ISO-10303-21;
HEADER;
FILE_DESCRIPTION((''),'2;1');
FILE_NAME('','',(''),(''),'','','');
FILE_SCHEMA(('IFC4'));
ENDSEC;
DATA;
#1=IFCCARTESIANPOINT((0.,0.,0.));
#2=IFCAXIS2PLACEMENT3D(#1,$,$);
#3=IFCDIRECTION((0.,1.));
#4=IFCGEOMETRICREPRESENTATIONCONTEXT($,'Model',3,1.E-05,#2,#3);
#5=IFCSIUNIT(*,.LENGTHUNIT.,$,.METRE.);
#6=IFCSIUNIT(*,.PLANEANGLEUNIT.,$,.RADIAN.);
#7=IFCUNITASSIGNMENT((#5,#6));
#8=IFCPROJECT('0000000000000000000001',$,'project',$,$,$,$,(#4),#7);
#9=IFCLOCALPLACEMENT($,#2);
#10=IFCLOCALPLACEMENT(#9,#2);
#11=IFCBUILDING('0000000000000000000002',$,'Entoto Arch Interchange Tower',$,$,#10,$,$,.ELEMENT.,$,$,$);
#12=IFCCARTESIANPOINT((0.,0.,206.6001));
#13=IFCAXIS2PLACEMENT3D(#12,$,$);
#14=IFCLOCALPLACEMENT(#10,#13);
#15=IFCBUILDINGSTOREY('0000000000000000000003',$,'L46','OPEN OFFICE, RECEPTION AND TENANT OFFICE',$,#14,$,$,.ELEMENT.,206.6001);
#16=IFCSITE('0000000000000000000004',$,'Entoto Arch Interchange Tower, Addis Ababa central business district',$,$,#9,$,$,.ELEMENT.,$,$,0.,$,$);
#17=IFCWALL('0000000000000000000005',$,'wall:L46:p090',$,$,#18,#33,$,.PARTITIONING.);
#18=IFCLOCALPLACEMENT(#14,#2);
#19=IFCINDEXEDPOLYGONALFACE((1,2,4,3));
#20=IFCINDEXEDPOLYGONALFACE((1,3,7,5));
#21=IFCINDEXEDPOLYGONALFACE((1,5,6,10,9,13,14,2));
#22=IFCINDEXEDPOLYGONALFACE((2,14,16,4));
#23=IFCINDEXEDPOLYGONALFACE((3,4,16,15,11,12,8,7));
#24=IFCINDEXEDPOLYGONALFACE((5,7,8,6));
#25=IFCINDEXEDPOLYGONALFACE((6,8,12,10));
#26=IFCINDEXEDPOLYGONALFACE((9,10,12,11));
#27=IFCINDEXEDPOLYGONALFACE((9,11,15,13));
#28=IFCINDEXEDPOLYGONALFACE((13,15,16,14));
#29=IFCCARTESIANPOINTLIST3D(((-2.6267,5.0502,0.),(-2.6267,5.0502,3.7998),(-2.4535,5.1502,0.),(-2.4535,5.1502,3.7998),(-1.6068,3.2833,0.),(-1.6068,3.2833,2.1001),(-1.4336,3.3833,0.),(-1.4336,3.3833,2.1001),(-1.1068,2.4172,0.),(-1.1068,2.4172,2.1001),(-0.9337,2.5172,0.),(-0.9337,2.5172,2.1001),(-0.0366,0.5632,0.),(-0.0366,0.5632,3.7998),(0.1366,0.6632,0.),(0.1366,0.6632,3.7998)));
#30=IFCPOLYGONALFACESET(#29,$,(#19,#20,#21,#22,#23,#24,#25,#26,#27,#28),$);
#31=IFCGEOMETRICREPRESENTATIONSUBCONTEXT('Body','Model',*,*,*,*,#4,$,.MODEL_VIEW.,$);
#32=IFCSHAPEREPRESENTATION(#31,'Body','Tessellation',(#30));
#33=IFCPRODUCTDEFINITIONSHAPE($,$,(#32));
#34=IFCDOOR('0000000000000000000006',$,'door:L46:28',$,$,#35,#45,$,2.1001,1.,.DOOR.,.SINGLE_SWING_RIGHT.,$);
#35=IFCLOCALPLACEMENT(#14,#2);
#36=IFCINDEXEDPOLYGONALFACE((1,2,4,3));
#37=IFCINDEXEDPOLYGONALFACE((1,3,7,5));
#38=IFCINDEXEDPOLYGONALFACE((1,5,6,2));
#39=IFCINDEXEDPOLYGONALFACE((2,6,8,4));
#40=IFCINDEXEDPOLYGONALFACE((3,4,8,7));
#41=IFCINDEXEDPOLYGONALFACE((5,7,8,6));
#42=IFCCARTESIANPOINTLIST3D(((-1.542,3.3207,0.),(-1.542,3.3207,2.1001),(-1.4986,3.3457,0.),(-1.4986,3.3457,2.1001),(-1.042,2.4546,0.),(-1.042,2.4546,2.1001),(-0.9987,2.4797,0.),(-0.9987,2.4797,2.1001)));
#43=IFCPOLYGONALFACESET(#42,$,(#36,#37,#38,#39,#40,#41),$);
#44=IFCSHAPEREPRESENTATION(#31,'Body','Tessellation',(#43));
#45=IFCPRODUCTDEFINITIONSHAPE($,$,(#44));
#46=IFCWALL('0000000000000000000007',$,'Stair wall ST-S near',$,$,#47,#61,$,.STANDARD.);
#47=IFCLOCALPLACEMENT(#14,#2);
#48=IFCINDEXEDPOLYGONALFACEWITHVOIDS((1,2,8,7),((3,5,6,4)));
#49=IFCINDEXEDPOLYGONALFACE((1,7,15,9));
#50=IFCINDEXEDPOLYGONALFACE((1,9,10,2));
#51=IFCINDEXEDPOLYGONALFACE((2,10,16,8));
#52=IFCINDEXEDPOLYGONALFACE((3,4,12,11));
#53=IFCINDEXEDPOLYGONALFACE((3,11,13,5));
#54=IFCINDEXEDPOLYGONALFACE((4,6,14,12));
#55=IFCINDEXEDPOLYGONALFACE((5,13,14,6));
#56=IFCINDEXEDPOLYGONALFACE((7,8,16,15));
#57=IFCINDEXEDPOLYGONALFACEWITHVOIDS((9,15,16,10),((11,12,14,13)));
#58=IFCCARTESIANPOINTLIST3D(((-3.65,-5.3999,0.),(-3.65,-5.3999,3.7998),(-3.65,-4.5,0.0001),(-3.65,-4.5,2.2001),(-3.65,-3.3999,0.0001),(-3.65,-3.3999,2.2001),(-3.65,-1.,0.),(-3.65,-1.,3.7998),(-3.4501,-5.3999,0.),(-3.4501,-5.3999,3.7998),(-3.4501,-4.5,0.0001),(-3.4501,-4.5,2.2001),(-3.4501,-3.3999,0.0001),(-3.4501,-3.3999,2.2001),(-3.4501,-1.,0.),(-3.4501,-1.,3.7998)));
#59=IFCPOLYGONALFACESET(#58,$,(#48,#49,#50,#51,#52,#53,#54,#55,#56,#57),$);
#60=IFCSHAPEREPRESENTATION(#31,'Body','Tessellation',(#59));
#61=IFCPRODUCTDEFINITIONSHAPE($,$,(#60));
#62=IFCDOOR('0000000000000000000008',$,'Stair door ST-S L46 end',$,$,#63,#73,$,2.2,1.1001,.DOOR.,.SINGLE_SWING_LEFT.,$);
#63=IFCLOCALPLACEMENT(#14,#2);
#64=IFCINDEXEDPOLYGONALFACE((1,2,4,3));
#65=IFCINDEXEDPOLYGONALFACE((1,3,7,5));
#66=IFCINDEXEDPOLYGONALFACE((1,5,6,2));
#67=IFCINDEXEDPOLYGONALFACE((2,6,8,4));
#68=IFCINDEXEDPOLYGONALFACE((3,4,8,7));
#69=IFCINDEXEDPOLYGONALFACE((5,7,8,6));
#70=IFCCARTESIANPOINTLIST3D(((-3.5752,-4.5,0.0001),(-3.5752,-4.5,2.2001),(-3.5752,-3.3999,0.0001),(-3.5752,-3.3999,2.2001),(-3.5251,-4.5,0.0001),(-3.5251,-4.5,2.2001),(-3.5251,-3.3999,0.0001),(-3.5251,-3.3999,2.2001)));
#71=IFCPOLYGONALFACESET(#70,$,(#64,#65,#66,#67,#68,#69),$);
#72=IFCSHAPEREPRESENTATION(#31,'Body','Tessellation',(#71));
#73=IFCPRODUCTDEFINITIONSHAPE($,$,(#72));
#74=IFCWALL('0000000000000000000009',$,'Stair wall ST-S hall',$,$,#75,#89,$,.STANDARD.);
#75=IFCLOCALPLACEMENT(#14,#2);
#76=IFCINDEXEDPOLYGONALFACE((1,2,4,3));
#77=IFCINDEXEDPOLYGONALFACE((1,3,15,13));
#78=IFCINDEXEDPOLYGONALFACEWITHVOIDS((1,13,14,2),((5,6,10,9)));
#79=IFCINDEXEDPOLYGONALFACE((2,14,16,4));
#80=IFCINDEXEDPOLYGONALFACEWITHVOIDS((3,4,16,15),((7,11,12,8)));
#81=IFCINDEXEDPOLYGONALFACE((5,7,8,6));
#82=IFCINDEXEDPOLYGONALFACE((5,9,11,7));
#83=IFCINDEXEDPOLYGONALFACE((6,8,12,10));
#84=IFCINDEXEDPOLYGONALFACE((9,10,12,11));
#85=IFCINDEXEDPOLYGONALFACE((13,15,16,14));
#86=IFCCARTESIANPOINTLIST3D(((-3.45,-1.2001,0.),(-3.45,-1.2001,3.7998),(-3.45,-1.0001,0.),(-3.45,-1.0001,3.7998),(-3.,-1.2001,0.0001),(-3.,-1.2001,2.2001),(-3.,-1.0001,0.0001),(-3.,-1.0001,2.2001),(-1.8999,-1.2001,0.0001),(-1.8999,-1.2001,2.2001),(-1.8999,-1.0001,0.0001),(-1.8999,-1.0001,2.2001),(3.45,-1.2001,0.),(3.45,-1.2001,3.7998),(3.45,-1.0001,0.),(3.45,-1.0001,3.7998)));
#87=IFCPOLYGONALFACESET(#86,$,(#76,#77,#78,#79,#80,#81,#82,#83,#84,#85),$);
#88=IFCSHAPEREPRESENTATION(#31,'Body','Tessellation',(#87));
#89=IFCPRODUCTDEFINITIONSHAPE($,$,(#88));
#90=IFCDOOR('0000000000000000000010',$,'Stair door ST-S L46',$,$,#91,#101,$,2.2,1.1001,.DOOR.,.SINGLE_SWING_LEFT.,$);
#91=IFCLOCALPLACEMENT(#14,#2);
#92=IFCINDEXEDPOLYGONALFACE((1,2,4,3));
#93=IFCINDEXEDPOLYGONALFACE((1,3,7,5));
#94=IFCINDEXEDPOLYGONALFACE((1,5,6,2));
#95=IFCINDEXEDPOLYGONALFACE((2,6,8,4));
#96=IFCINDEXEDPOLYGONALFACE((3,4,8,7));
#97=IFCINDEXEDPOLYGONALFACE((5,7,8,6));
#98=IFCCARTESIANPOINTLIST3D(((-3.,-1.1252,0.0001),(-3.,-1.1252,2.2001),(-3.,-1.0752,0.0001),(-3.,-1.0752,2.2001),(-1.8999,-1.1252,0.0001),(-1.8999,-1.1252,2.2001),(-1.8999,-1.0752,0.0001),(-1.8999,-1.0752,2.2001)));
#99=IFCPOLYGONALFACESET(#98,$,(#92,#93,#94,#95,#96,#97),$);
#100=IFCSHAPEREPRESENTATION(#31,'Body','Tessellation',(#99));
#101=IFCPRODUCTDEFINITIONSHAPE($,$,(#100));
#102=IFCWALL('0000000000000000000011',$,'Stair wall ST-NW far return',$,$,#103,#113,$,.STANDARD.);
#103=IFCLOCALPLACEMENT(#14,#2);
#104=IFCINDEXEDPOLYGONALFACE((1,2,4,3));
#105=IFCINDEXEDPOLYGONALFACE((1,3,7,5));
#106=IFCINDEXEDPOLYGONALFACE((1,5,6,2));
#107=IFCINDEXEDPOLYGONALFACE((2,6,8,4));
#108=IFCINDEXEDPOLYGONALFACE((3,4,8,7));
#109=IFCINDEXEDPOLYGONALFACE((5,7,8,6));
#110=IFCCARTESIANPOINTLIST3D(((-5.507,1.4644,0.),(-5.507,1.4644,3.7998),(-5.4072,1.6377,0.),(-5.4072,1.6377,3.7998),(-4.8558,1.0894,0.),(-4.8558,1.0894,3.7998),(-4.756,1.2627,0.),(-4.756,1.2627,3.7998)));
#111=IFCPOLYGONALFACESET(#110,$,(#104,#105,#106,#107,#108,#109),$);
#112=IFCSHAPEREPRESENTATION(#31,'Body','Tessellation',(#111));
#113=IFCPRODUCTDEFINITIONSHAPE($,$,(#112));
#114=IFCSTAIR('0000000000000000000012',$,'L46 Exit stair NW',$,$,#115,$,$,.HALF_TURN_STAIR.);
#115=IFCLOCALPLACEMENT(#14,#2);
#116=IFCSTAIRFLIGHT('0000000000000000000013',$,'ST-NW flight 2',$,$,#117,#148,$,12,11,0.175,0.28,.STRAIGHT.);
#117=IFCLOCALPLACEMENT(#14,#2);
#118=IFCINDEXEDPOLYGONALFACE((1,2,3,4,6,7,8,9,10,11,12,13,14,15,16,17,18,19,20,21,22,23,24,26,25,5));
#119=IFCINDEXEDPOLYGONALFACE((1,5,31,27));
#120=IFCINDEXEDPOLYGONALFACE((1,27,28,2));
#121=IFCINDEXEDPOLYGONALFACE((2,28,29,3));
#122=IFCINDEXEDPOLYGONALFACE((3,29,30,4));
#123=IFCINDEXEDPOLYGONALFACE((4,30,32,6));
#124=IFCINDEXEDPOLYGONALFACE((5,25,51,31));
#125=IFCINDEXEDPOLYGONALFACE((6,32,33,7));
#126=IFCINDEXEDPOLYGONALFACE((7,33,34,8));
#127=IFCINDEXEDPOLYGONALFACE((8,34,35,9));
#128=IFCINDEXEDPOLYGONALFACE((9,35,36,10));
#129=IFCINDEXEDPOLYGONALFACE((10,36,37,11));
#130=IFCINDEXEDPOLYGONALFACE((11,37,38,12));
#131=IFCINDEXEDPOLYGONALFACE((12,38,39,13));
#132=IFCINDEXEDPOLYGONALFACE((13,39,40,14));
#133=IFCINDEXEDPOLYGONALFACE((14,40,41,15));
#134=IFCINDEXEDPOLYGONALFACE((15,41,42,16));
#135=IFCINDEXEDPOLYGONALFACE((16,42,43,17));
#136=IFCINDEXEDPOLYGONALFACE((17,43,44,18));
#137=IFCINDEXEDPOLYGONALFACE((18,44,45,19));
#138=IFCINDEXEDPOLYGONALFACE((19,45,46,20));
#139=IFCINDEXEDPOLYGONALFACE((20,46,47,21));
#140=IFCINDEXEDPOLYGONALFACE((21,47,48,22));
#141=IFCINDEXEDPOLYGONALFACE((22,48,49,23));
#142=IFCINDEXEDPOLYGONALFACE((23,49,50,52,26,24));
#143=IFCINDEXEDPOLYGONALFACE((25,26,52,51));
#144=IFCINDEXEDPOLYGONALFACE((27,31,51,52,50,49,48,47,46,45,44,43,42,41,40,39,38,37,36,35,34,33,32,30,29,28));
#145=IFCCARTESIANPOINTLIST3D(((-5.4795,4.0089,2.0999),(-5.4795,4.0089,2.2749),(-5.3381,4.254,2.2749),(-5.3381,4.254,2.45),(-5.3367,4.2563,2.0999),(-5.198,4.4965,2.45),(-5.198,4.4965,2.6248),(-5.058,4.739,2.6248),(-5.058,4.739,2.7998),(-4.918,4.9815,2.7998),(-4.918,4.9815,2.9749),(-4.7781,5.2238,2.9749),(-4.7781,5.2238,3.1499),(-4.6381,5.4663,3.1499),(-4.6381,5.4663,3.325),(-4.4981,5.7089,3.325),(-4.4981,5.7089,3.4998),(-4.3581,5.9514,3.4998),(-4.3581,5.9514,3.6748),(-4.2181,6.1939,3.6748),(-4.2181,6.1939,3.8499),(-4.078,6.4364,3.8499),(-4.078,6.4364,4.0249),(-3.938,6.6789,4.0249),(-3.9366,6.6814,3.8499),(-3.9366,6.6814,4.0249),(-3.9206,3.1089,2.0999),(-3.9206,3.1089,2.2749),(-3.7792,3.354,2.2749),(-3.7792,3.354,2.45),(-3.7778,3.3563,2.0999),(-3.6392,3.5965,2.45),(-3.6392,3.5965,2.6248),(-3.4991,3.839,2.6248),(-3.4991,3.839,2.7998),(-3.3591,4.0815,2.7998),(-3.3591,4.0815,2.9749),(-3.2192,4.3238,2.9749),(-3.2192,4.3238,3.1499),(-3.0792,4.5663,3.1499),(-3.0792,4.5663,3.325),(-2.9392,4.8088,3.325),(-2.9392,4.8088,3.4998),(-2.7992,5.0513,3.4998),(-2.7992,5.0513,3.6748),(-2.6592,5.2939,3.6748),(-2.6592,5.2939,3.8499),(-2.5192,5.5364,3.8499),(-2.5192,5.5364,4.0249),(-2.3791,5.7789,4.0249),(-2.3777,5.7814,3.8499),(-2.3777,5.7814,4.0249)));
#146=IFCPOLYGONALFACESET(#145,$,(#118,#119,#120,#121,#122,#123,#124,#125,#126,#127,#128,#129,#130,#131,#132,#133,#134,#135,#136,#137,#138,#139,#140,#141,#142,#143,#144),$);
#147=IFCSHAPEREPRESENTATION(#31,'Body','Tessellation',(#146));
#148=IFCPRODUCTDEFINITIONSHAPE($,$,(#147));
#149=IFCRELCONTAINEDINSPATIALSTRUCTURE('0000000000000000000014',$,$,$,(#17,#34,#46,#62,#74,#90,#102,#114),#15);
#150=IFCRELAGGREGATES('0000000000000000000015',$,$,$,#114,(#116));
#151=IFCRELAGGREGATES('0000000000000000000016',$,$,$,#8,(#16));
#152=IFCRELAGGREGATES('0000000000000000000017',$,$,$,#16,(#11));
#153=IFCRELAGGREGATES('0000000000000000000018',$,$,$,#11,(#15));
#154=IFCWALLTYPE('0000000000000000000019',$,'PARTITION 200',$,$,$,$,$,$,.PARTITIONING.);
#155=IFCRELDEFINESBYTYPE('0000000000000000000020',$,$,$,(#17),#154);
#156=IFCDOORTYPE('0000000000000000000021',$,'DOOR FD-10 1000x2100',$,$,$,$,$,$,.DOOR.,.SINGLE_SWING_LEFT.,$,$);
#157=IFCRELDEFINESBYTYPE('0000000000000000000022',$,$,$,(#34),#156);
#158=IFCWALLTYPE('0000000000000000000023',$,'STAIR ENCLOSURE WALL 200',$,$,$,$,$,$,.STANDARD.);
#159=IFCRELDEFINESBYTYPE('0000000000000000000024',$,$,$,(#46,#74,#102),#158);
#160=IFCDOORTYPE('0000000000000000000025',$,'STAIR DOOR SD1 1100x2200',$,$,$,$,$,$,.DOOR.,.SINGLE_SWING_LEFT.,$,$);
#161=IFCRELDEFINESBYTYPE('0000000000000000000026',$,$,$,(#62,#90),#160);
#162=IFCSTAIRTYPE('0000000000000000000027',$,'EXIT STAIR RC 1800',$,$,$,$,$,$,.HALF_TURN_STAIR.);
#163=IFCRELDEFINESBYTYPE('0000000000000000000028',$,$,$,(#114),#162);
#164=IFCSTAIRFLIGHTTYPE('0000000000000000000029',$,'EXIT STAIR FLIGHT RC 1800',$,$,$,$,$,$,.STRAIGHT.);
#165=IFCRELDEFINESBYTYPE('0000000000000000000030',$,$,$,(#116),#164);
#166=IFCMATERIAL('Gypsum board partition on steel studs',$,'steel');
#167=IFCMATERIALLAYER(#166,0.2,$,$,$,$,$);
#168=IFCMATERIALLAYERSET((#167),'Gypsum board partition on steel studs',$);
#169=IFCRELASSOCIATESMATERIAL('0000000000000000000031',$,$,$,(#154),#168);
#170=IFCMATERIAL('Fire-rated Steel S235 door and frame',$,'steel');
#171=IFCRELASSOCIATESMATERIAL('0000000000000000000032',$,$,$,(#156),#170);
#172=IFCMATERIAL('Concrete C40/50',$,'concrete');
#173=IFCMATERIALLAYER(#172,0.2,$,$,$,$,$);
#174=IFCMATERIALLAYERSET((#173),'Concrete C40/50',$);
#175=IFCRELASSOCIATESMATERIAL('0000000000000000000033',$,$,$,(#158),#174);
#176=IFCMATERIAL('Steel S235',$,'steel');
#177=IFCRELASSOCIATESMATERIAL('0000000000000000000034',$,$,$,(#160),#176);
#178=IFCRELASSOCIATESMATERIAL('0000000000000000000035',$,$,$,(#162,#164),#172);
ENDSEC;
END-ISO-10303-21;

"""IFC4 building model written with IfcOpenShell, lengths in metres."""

from ifc_helpers import new_model, si_unit, direction, frame, frame_2d, origin, place, context, subcontext, project, spatial, polyline, rectangle, outline, extrude, material, layer, layer_set, type_object, element, fill, aggregate, save


model = new_model("IFC4")

# Units and contexts
model_context = context("Model", 3, precision=1e-05, world=origin(), true_north=direction((0.0, 1.0)))
body_context = subcontext(model_context, "Body", "Model", "MODEL_VIEW")
ifc_project = project(units=[si_unit("LENGTHUNIT", "METRE"), si_unit("PLANEANGLEUNIT", "RADIAN")], contexts=[model_context])

# Site, building, storey
site_placement = place(None, origin())
site = spatial("IfcSite", under=ifc_project, at=site_placement, Name="Entoto Arch Interchange Tower, Addis Ababa central business district", CompositionType="ELEMENT", RefElevation=0.0)
building_placement = place(site_placement, origin())
building = spatial("IfcBuilding", under=site, at=building_placement, Name="Entoto Arch Interchange Tower", CompositionType="ELEMENT")
storey_placement = place(building_placement, frame((0.0, 0.0, 206.6001)))
storey = spatial("IfcBuildingStorey", under=building, at=storey_placement, Name="L46", Description="OPEN OFFICE, RECEPTION AND TENANT OFFICE", CompositionType="ELEMENT", Elevation=206.6001)

# Shared definitions
ifc_material_1 = material(Name="Concrete C40/50", Category="concrete")

# Shared definitions
ifc_material_2 = material(Name="Gypsum board partition on steel studs", Category="steel")
ifc_layer_1 = layer(ifc_material_2, 0.2)
ifc_layer_set_1 = layer_set([ifc_layer_1], Name="Gypsum board partition on steel studs")
wall_type_1 = type_object("IfcWallType", Name="PARTITION 200", PredefinedType="PARTITIONING", material=ifc_layer_set_1)

# Walls, openings, doors
wall_1_placement = place(storey_placement, frame((-2.54, 5.1001, 0.0), z_axis=(0.0, 0.0, 1.0), x_axis=(0.499925, -0.866069, 0.0)))
wall_1 = element("IfcWall", 1, at=wall_1_placement, inside=storey, type_object=wall_type_1, Name="wall:L46:p090", PredefinedType="PARTITIONING", context=body_context, shape_type="SweptSolid", body=[
    extrude(rectangle(XDim=5.1809, YDim=0.2, at=frame_2d((2.5903, 0.0))), origin(), (0.0, 0.0, 1.0), 3.7998),
])
opening_1_placement = place(wall_1_placement, frame((2.04, 0.0, 0.0)))
opening_1 = element("IfcOpeningElement", 2, at=opening_1_placement, cuts=wall_1, PredefinedType="OPENING", context=body_context, shape_type="SweptSolid", body=[
    extrude(rectangle(XDim=1.0, YDim=2.1001, at=frame_2d((0.5, 1.05))), frame((0.0, 0.1099, 0.0), z_axis=(0.0, -1.0, 0.0), x_axis=(1.0, 0.0, 0.0)), (0.0, 0.0, 1.0), 0.22),
])
ifc_material_3 = material(Name="Fire-rated Steel S235 door and frame", Category="steel")
door_type_1 = type_object("IfcDoorType", Name="DOOR FD-10 1000x2100", OperationType="SINGLE_SWING_LEFT", PredefinedType="DOOR", material=ifc_material_3)
door_1_placement = place(opening_1_placement, origin())
door_1 = element("IfcDoor", 3, at=door_1_placement, inside=storey, type_object=door_type_1, Name="door:L46:28", OperationType="SINGLE_SWING_RIGHT", OverallHeight=2.1001, OverallWidth=1.0, PredefinedType="DOOR", context=body_context, shape_type="SweptSolid", body=[
    extrude(rectangle(XDim=1.0, YDim=2.1001, at=frame_2d((0.5, 1.05))), frame((0.0, 0.0249, 0.0), z_axis=(0.0, -1.0, 0.0), x_axis=(1.0, 0.0, 0.0)), (0.0, 0.0, 1.0), 0.05),
])
fill(opening_1, door_1)
ifc_layer_2 = layer(ifc_material_1, 0.2)
ifc_layer_set_2 = layer_set([ifc_layer_2], Name="Concrete C40/50")
wall_type_2 = type_object("IfcWallType", Name="STAIR ENCLOSURE WALL 200", PredefinedType="STANDARD", material=ifc_layer_set_2)
wall_2_placement = place(storey_placement, frame((-3.55, -1.0, 0.0), z_axis=(0.0, 0.0, 1.0), x_axis=(0.0, -1.0, 0.0)))
wall_2 = element("IfcWall", 4, at=wall_2_placement, inside=storey, type_object=wall_type_2, Name="Stair wall ST-S near", PredefinedType="STANDARD", context=body_context, shape_type="SweptSolid", body=[
    extrude(rectangle(XDim=4.3999, YDim=0.2, at=frame_2d((2.2, 0.0))), origin(), (0.0, 0.0, 1.0), 3.7998),
])
opening_2_placement = place(wall_2_placement, frame((2.3999, 0.0, 0.0)))
opening_2 = element("IfcOpeningElement", 5, at=opening_2_placement, cuts=wall_2, PredefinedType="OPENING", context=body_context, shape_type="SweptSolid", body=[
    extrude(rectangle(XDim=1.1001, YDim=2.2, at=frame_2d((0.55, 1.1001))), frame((0.0, 0.1099, 0.0), z_axis=(0.0, -1.0, 0.0), x_axis=(1.0, 0.0, 0.0)), (0.0, 0.0, 1.0), 0.22),
])
ifc_material_4 = material(Name="Steel S235", Category="steel")
door_type_2 = type_object("IfcDoorType", Name="STAIR DOOR SD1 1100x2200", OperationType="SINGLE_SWING_LEFT", PredefinedType="DOOR", material=ifc_material_4)
door_2_placement = place(opening_2_placement, origin())
door_2 = element("IfcDoor", 6, at=door_2_placement, inside=storey, type_object=door_type_2, Name="Stair door ST-S L46 end", OperationType="SINGLE_SWING_LEFT", OverallHeight=2.2, OverallWidth=1.1001, PredefinedType="DOOR", context=body_context, shape_type="SweptSolid", body=[
    extrude(rectangle(XDim=1.1001, YDim=2.2, at=frame_2d((0.55, 1.1001))), frame((0.0, 0.0249, 0.0), z_axis=(0.0, -1.0, 0.0), x_axis=(1.0, 0.0, 0.0)), (0.0, 0.0, 1.0), 0.05),
])
fill(opening_2, door_2)
wall_3_placement = place(storey_placement, frame((-3.45, -1.1001, 0.0), z_axis=(0.0, 0.0, 1.0), x_axis=(1.0, 0.0, 0.0)))
wall_3 = element("IfcWall", 7, at=wall_3_placement, inside=storey, type_object=wall_type_2, Name="Stair wall ST-S hall", PredefinedType="STANDARD", context=body_context, shape_type="SweptSolid", body=[
    extrude(rectangle(XDim=6.8999, YDim=0.2, at=frame_2d((3.45, 0.0))), origin(), (0.0, 0.0, 1.0), 3.7998),
])
opening_3_placement = place(wall_3_placement, frame((0.45, 0.0, 0.0)))
opening_3 = element("IfcOpeningElement", 8, at=opening_3_placement, cuts=wall_3, PredefinedType="OPENING", context=body_context, shape_type="SweptSolid", body=[
    extrude(rectangle(XDim=1.1001, YDim=2.2, at=frame_2d((0.55, 1.1001))), frame((0.0, 0.1099, 0.0), z_axis=(0.0, -1.0, 0.0), x_axis=(1.0, 0.0, 0.0)), (0.0, 0.0, 1.0), 0.22),
])
door_3_placement = place(opening_3_placement, origin())
door_3 = element("IfcDoor", 9, at=door_3_placement, inside=storey, type_object=door_type_2, Name="Stair door ST-S L46", OperationType="SINGLE_SWING_LEFT", OverallHeight=2.2, OverallWidth=1.1001, PredefinedType="DOOR", context=body_context, shape_type="SweptSolid", body=[
    extrude(rectangle(XDim=1.1001, YDim=2.2, at=frame_2d((0.55, 1.1001))), frame((0.0, 0.0249, 0.0), z_axis=(0.0, -1.0, 0.0), x_axis=(1.0, 0.0, 0.0)), (0.0, 0.0, 1.0), 0.05),
])
fill(opening_3, door_3)

# Wall
wall_4_placement = place(storey_placement, frame((-4.8059, 1.176, 0.0), z_axis=(0.0, 0.0, 1.0), x_axis=(-0.866559, 0.499075, 0.0)))
element("IfcWall", 10, at=wall_4_placement, inside=storey, type_object=wall_type_2, Name="Stair wall ST-NW far return", PredefinedType="STANDARD", context=body_context, shape_type="SweptSolid", body=[
    extrude(rectangle(XDim=0.7515, YDim=0.2, at=frame_2d((0.3757, 0.0))), origin(), (0.0, 0.0, 1.0), 3.7998),
])

# Stair, stair flight
stair_type = type_object("IfcStairType", Name="EXIT STAIR RC 1800", PredefinedType="HALF_TURN_STAIR", material=ifc_material_1)
stair_placement = place(storey_placement, origin())
stair = element("IfcStair", 11, at=stair_placement, inside=storey, type_object=stair_type, Name="L46 Exit stair NW", PredefinedType="HALF_TURN_STAIR")
stair_flight_type = type_object("IfcStairFlightType", Name="EXIT STAIR FLIGHT RC 1800", PredefinedType="STRAIGHT", material=ifc_material_1)
stair_flight_placement = place(storey_placement, frame((-4.6987, 3.5615, 2.0999), z_axis=(0.0, 0.0, 1.0), x_axis=(0.5, 0.866025, 0.0)))
stair_flight = element("IfcStairFlight", 12, at=stair_flight_placement, type_object=stair_flight_type, Name="ST-NW flight 2", NumberOfRisers=12, NumberOfTreads=11, PredefinedType="STRAIGHT", RiserHeight=0.175, TreadLength=0.28, context=body_context, shape_type="SweptSolid", body=[
    extrude(outline(polyline([(-0.0029, 0.0), (-0.0029, 0.175), (0.28, 0.175), (0.28, 0.3501), (0.5601, 0.3501), (0.5601, 0.5249), (0.8401, 0.5249), (0.8401, 0.7), (1.1201, 0.7), (1.1201, 0.875), (1.3999, 0.875), (1.3999, 1.05), (1.6799, 1.05), (1.6799, 1.2251), (1.96, 1.2251), (1.96, 1.3999), (2.24, 1.3999), (2.24, 1.575), (2.52, 1.575), (2.52, 1.75), (2.8, 1.75), (2.8, 1.925), (3.0801, 1.925), (3.083, 1.925), (3.083, 1.75), (0.2827, 0.0), (-0.0029, 0.0)])), frame((0.0, 0.8999, 0.0), z_axis=(0.0, -1.0, 0.0), x_axis=(1.0, 0.0, 0.0)), (0.0, 0.0, 1.0), 1.8),
])
aggregate(stair, [stair_flight])

save(model, "model.ifc")
